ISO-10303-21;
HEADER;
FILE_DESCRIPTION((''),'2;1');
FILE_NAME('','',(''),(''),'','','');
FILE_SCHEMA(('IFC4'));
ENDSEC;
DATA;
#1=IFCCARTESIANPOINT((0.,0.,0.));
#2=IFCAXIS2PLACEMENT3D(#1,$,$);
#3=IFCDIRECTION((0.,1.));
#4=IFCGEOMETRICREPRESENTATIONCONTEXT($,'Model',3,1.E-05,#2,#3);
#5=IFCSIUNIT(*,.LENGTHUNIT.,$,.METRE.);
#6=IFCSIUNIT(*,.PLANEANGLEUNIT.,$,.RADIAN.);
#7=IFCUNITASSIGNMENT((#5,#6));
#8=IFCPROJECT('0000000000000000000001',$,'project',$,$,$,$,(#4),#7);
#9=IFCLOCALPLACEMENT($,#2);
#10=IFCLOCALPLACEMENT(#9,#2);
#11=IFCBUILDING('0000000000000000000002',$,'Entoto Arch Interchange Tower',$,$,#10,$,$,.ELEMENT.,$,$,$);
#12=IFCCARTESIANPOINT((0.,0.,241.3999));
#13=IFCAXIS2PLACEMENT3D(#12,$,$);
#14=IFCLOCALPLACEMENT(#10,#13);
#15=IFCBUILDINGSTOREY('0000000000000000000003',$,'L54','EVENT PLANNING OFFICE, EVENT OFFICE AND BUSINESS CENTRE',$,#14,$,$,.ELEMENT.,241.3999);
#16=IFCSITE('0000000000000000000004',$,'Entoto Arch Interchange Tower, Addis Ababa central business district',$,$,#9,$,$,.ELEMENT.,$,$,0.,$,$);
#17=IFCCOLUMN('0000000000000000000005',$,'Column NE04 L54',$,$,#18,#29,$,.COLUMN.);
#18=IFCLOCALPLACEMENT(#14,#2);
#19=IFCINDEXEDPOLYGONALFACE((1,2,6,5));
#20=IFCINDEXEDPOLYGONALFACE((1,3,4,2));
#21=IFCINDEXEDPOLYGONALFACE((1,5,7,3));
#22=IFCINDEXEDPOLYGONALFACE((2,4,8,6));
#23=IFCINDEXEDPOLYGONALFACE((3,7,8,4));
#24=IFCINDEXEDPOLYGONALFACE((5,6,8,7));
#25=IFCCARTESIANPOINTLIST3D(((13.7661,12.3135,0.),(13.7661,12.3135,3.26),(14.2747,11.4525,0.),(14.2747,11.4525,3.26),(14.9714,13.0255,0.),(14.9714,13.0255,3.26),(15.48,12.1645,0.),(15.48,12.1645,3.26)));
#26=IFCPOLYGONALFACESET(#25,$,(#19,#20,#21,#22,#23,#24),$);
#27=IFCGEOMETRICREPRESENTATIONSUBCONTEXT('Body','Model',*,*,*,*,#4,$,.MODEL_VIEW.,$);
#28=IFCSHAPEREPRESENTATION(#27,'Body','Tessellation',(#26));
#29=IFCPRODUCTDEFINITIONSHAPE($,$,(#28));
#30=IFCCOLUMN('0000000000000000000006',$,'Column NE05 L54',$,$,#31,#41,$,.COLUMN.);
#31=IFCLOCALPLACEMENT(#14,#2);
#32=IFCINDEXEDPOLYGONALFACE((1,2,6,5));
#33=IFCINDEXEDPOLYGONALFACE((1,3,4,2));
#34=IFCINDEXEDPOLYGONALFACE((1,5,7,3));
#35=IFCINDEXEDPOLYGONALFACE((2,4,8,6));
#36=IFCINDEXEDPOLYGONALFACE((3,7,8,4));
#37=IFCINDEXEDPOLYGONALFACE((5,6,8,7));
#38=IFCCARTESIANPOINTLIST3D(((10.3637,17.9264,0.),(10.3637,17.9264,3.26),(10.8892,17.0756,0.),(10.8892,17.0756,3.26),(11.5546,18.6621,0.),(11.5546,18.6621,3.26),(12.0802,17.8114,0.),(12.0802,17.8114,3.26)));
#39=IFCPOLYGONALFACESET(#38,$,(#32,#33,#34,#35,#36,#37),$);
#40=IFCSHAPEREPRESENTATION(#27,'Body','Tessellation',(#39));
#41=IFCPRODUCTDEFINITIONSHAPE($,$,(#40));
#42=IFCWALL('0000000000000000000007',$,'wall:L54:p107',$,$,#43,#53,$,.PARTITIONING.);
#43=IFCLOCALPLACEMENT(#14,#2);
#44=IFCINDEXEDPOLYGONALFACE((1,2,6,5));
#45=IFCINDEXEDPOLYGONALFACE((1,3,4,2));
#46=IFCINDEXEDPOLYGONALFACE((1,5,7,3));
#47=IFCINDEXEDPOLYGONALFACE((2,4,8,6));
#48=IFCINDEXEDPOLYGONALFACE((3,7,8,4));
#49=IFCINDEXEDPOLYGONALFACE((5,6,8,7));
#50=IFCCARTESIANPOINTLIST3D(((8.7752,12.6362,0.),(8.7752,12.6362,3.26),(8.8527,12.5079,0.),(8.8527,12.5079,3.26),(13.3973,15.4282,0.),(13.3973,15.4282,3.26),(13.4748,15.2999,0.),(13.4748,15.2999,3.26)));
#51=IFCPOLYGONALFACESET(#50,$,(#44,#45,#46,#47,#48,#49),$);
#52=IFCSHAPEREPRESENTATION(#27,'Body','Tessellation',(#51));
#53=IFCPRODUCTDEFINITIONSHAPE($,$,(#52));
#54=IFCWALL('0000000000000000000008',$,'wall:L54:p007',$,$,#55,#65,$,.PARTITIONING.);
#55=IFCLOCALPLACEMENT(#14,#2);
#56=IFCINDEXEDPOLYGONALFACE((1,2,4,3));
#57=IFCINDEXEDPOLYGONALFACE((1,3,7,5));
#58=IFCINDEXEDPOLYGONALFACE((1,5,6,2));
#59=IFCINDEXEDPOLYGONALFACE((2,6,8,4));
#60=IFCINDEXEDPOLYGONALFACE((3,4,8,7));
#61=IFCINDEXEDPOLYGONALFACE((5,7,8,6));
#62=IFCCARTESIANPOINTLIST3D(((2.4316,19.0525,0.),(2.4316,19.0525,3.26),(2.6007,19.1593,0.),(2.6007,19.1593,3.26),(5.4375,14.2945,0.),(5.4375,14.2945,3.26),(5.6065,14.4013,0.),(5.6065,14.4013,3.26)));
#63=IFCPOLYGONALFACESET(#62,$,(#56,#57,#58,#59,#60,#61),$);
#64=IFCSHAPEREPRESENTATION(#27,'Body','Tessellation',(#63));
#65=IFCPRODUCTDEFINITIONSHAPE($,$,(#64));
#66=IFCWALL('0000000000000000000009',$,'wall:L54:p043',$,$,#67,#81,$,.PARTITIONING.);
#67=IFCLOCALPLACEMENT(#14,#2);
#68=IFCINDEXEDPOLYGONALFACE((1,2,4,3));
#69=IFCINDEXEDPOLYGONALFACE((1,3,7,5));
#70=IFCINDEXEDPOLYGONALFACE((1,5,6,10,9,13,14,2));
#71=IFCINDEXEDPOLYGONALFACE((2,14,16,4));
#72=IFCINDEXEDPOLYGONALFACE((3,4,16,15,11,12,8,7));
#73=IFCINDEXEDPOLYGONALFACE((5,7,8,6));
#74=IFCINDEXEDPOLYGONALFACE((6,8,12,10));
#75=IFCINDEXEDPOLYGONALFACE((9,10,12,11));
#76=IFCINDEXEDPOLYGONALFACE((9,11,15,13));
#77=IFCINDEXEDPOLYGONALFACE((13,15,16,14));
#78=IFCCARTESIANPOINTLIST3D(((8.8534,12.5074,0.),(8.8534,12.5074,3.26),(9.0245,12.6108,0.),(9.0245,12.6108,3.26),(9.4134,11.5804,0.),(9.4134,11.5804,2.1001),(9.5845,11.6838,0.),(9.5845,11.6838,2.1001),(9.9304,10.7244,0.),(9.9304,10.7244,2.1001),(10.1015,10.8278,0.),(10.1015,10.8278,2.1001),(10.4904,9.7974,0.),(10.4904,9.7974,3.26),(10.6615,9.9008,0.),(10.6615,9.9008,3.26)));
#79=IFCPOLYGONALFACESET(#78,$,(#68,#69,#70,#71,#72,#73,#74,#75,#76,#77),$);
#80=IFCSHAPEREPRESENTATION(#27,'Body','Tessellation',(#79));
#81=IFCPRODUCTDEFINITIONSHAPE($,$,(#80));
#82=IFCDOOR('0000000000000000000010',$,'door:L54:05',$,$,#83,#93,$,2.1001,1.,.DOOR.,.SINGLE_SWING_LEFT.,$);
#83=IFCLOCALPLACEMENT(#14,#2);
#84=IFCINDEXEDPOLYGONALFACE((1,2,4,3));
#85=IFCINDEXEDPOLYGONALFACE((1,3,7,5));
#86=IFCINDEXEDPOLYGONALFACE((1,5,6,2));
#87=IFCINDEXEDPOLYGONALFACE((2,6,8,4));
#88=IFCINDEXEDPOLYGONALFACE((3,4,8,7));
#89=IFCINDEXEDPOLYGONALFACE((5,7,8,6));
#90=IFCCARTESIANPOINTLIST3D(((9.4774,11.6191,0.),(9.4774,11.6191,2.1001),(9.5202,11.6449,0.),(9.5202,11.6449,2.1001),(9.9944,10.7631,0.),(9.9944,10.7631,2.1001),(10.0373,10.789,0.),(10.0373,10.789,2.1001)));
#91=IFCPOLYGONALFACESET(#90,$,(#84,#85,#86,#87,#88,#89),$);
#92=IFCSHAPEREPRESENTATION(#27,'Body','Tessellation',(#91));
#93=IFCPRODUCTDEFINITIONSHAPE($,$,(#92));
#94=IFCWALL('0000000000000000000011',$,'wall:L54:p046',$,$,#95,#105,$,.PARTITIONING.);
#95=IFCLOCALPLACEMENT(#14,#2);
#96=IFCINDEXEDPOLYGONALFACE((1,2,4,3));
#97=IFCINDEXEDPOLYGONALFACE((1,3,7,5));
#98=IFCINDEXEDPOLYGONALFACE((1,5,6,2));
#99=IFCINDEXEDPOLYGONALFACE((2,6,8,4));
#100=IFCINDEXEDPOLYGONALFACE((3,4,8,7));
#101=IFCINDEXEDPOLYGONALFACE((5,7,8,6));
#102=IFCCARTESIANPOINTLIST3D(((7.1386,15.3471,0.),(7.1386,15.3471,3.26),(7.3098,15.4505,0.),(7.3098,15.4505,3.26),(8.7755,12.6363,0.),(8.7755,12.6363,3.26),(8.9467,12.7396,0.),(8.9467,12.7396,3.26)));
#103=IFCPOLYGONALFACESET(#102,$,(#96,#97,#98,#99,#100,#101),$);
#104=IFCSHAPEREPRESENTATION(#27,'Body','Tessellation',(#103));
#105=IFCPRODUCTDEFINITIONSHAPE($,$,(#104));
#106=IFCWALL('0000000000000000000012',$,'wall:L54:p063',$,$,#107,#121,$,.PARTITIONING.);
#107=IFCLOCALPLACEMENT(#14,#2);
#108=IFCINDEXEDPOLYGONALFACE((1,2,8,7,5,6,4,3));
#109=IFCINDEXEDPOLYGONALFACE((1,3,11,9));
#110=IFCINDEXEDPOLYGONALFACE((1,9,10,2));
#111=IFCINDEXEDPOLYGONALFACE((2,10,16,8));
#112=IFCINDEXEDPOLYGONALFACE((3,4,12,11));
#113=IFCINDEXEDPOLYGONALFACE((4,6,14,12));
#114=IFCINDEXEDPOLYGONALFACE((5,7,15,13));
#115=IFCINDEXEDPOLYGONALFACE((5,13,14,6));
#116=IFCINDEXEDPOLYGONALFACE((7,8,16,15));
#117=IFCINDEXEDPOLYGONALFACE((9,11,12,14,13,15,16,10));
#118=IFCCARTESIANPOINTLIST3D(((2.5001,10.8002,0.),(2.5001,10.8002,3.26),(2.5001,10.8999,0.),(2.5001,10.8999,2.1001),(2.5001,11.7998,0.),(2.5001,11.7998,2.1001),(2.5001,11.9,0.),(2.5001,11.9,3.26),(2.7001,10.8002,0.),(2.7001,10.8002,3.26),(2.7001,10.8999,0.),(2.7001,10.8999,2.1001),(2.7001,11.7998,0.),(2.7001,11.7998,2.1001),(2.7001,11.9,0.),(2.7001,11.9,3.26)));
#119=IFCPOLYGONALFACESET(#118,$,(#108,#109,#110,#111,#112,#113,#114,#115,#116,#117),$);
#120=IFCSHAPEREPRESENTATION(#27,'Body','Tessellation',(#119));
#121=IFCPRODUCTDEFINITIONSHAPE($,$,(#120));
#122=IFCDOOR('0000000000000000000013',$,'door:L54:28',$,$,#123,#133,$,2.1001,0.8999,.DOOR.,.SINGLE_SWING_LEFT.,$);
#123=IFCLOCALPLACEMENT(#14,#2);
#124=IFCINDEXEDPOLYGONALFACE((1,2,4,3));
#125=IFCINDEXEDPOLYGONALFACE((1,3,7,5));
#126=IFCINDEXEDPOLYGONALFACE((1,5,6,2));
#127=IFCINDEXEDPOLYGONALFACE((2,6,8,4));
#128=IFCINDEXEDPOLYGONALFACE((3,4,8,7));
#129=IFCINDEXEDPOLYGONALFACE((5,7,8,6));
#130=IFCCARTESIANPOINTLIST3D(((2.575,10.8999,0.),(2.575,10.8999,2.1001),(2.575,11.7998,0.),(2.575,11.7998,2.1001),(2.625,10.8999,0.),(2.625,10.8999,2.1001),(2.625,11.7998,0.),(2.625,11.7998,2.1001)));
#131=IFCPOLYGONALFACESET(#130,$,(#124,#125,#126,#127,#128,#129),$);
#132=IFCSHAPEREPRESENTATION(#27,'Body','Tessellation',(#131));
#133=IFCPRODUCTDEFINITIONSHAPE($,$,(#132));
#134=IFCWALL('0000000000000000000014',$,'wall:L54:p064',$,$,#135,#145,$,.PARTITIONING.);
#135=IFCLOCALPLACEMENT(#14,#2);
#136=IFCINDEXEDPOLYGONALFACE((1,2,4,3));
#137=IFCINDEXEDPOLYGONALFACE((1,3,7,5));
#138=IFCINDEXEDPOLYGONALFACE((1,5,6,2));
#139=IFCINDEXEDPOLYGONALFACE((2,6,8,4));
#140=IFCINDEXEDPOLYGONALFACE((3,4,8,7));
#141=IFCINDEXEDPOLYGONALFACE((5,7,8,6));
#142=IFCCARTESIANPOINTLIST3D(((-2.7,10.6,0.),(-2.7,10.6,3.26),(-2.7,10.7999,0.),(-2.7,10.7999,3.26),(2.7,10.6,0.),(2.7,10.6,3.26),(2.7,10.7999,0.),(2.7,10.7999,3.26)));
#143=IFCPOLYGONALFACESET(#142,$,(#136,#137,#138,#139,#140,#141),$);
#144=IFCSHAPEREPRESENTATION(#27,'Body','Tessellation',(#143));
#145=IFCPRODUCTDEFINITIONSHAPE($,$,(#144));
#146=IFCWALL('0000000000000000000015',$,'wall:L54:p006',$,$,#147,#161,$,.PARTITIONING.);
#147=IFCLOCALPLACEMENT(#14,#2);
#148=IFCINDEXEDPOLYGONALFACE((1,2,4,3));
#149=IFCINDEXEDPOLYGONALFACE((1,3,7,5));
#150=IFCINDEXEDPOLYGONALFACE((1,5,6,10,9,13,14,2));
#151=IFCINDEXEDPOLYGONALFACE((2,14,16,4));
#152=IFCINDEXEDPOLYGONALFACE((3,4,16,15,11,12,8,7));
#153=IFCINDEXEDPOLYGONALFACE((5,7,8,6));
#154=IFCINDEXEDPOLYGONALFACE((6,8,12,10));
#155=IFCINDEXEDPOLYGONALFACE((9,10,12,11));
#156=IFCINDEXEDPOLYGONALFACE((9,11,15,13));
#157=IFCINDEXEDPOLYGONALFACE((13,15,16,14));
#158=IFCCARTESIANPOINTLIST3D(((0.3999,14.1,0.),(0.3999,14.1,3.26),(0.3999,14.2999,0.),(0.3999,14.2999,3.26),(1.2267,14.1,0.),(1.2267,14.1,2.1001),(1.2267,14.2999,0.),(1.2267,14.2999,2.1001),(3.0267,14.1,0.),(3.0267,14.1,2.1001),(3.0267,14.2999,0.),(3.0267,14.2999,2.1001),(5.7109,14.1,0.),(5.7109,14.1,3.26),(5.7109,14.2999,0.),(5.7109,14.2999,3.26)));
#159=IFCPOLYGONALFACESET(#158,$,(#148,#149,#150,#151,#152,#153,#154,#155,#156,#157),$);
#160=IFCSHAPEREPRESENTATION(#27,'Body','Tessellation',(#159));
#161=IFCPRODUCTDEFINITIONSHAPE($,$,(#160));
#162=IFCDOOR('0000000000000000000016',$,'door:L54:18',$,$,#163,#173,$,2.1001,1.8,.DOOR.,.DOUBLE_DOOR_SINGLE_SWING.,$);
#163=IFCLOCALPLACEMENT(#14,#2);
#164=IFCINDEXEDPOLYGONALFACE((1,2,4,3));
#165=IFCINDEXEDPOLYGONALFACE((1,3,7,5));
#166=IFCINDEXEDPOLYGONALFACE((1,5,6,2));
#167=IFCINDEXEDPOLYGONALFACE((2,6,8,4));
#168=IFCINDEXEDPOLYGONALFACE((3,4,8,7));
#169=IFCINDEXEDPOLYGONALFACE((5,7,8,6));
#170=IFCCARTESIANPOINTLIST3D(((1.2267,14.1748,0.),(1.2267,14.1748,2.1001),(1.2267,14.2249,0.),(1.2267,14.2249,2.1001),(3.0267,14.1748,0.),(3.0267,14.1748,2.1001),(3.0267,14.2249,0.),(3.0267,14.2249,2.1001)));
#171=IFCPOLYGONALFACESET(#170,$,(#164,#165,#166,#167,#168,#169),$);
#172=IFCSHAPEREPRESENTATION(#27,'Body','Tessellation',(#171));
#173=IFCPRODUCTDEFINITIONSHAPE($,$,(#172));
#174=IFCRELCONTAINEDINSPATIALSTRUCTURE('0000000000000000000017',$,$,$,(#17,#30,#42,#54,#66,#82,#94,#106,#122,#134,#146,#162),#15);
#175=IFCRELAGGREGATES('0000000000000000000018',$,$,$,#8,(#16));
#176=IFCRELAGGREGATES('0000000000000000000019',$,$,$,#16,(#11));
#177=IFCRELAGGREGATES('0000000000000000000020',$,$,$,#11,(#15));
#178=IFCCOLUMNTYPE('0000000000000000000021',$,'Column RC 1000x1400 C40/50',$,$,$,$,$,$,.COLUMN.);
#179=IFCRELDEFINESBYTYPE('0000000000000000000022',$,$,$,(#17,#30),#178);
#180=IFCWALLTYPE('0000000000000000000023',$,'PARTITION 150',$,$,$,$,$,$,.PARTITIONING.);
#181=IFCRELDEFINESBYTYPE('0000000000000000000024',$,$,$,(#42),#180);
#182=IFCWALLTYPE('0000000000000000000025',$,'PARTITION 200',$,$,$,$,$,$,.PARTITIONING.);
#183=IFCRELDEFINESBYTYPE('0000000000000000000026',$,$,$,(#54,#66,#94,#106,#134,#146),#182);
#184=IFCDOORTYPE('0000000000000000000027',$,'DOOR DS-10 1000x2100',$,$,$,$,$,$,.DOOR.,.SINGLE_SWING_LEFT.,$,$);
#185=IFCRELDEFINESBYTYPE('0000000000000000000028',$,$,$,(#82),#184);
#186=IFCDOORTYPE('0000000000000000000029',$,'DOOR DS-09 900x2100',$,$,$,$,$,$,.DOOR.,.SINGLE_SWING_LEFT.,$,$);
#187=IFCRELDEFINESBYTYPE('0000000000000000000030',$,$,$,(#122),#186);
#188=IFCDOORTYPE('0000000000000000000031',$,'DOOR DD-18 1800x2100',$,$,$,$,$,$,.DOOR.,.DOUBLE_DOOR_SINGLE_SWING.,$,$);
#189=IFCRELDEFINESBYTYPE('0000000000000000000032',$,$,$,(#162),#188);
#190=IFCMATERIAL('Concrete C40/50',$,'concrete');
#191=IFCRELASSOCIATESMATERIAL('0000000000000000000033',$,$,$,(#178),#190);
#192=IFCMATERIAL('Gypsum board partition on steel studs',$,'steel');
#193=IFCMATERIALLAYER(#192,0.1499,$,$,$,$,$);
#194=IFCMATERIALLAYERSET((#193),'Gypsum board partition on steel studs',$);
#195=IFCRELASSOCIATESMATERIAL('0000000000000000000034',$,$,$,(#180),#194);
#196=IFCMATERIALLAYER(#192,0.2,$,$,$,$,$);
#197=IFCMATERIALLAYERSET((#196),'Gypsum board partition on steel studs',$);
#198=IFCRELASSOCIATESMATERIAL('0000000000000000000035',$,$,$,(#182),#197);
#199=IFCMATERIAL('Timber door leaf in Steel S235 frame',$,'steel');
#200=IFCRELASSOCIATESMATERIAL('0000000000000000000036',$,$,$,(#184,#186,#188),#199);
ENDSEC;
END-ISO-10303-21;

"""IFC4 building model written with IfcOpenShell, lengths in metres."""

from ifc_helpers import new_model, si_unit, direction, frame, frame_2d, origin, origin_2d, place, context, subcontext, project, spatial, rectangle, extrude, material, layer, layer_set, material_profile, profile_set, type_object, element, fill, save


model = new_model("IFC4")

# Units and contexts
model_context = context("Model", 3, precision=1e-05, world=origin(), true_north=direction((0.0, 1.0)))
body_context = subcontext(model_context, "Body", "Model", "MODEL_VIEW")
ifc_project = project(units=[si_unit("LENGTHUNIT", "METRE"), si_unit("PLANEANGLEUNIT", "RADIAN")], contexts=[model_context])

# Site, building, storey
site_placement = place(None, origin())
site = spatial("IfcSite", under=ifc_project, at=site_placement, Name="Entoto Arch Interchange Tower, Addis Ababa central business district", CompositionType="ELEMENT", RefElevation=0.0)
building_placement = place(site_placement, origin())
building = spatial("IfcBuilding", under=site, at=building_placement, Name="Entoto Arch Interchange Tower", CompositionType="ELEMENT")
storey_placement = place(building_placement, frame((0.0, 0.0, 241.3999)))
storey = spatial("IfcBuildingStorey", under=building, at=storey_placement, Name="L54", Description="EVENT PLANNING OFFICE, EVENT OFFICE AND BUSINESS CENTRE", CompositionType="ELEMENT", Elevation=241.3999)

# Columns
ifc_material_1 = material(Name="Concrete C40/50", Category="concrete")
ifc_material_profile = material_profile(ifc_material_1, rectangle(XDim=1.0, YDim=1.3999, at=origin_2d()))
ifc_profile_set = profile_set([ifc_material_profile], Name="Concrete C40/50")
column_type = type_object("IfcColumnType", Name="Column RC 1000x1400 C40/50", PredefinedType="COLUMN", material=ifc_profile_set)
for number, where, z_axis, x_axis, name in (
    (1, (14.623, 12.239, 0.0), (0.0, 0.0, 1.0), (-0.508576, 0.861017, 0.0), "Column NE04 L54"),
    (2, (11.2219, 17.8689, 0.0), (0.0, 0.0, 1.0), (-0.525576, 0.850747, 0.0), "Column NE05 L54"),
):
    element("IfcColumn", number, at=place(storey_placement, frame(where, z_axis=z_axis, x_axis=x_axis)), inside=storey, type_object=column_type, Name=name, PredefinedType="COLUMN", context=body_context, shape_type="SweptSolid", body=[
        extrude(rectangle(XDim=1.0, YDim=1.3999, at=origin_2d()), origin(), (0.0, 0.0, 1.0), 3.26),
    ])

# Walls
ifc_material_2 = material(Name="Gypsum board partition on steel studs", Category="steel")
ifc_layer_1 = layer(ifc_material_2, 0.1499)
ifc_layer_set_1 = layer_set([ifc_layer_1], Name="Gypsum board partition on steel studs")
wall_type_1 = type_object("IfcWallType", Name="PARTITION 150", PredefinedType="PARTITIONING", material=ifc_layer_set_1)
wall_1_placement = place(storey_placement, frame((8.814, 12.572, 0.0), z_axis=(0.0, 0.0, 1.0), x_axis=(0.855957, 0.517047, 0.0)))
element("IfcWall", 3, at=wall_1_placement, inside=storey, type_object=wall_type_1, Name="wall:L54:p107", PredefinedType="PARTITIONING", context=body_context, shape_type="SweptSolid", body=[
    extrude(rectangle(XDim=5.3999, YDim=0.1499, at=frame_2d((2.7, 0.0))), origin(), (0.0, 0.0, 1.0), 3.26),
])
ifc_layer_2 = layer(ifc_material_2, 0.2)
ifc_layer_set_2 = layer_set([ifc_layer_2], Name="Gypsum board partition on steel studs")
wall_type_2 = type_object("IfcWallType", Name="PARTITION 200", PredefinedType="PARTITIONING", material=ifc_layer_set_2)
wall_2_placement = place(storey_placement, frame((5.522, 14.3479, 0.0), z_axis=(0.0, 0.0, 1.0), x_axis=(-0.534091, 0.845427, 0.0)))
element("IfcWall", 4, at=wall_2_placement, inside=storey, type_object=wall_type_2, Name="wall:L54:p007", PredefinedType="PARTITIONING", context=body_context, shape_type="SweptSolid", body=[
    extrude(rectangle(XDim=5.6279, YDim=0.2, at=frame_2d((2.814, 0.0))), origin(), (0.0, 0.0, 1.0), 3.26),
])

# Wall, opening, door
wall_3_placement = place(storey_placement, frame((8.939, 12.5591, 0.0), z_axis=(0.0, 0.0, 1.0), x_axis=(0.517045, -0.855958, 0.0)))
wall_3 = element("IfcWall", 5, at=wall_3_placement, inside=storey, type_object=wall_type_2, Name="wall:L54:p043", PredefinedType="PARTITIONING", context=body_context, shape_type="SweptSolid", body=[
    extrude(rectangle(XDim=3.166, YDim=0.2, at=frame_2d((1.583, 0.0))), origin(), (0.0, 0.0, 1.0), 3.26),
])
opening_1_placement = place(wall_3_placement, frame((1.083, 0.0, 0.0)))
opening_1 = element("IfcOpeningElement", 6, at=opening_1_placement, cuts=wall_3, PredefinedType="OPENING", context=body_context, shape_type="SweptSolid", body=[
    extrude(rectangle(XDim=1.0, YDim=2.1001, at=frame_2d((0.5, 1.05))), frame((0.0, 0.1099, 0.0), z_axis=(0.0, -1.0, 0.0), x_axis=(1.0, 0.0, 0.0)), (0.0, 0.0, 1.0), 0.22),
])
ifc_material_3 = material(Name="Timber door leaf in Steel S235 frame", Category="steel")
door_type_1 = type_object("IfcDoorType", Name="DOOR DS-10 1000x2100", OperationType="SINGLE_SWING_LEFT", PredefinedType="DOOR", material=ifc_material_3)
door_1_placement = place(opening_1_placement, origin())
door_1 = element("IfcDoor", 7, at=door_1_placement, inside=storey, type_object=door_type_1, Name="door:L54:05", OperationType="SINGLE_SWING_LEFT", OverallHeight=2.1001, OverallWidth=1.0, PredefinedType="DOOR", context=body_context, shape_type="SweptSolid", body=[
    extrude(rectangle(XDim=1.0, YDim=2.1001, at=frame_2d((0.5, 1.05))), frame((0.0, 0.0249, 0.0), z_axis=(0.0, -1.0, 0.0), x_axis=(1.0, 0.0, 0.0)), (0.0, 0.0, 1.0), 0.05),
])
fill(opening_1, door_1)

# Wall
wall_4_placement = place(storey_placement, frame((7.2241, 15.3989, 0.0), z_axis=(0.0, 0.0, 1.0), x_axis=(0.516909, -0.856041, 0.0)))
element("IfcWall", 8, at=wall_4_placement, inside=storey, type_object=wall_type_2, Name="wall:L54:p046", PredefinedType="PARTITIONING", context=body_context, shape_type="SweptSolid", body=[
    extrude(rectangle(XDim=3.1667, YDim=0.2, at=frame_2d((1.5835, 0.0))), origin(), (0.0, 0.0, 1.0), 3.26),
])

# Wall, opening, door
wall_5_placement = place(storey_placement, frame((2.6001, 11.8999, 0.0), z_axis=(0.0, 0.0, 1.0), x_axis=(0.0, -1.0, 0.0)))
wall_5 = element("IfcWall", 9, at=wall_5_placement, inside=storey, type_object=wall_type_2, Name="wall:L54:p063", PredefinedType="PARTITIONING", context=body_context, shape_type="SweptSolid", body=[
    extrude(rectangle(XDim=1.0999, YDim=0.2, at=frame_2d((0.5498, 0.0))), origin(), (0.0, 0.0, 1.0), 3.26),
])
opening_2_placement = place(wall_5_placement, frame((0.1001, 0.0, 0.0)))
opening_2 = element("IfcOpeningElement", 10, at=opening_2_placement, cuts=wall_5, PredefinedType="OPENING", context=body_context, shape_type="SweptSolid", body=[
    extrude(rectangle(XDim=0.8999, YDim=2.1001, at=frame_2d((0.45, 1.05))), frame((0.0, 0.1099, 0.0), z_axis=(0.0, -1.0, 0.0), x_axis=(1.0, 0.0, 0.0)), (0.0, 0.0, 1.0), 0.22),
])
door_type_2 = type_object("IfcDoorType", Name="DOOR DS-09 900x2100", OperationType="SINGLE_SWING_LEFT", PredefinedType="DOOR", material=ifc_material_3)
door_2_placement = place(opening_2_placement, origin())
door_2 = element("IfcDoor", 11, at=door_2_placement, inside=storey, type_object=door_type_2, Name="door:L54:28", OperationType="SINGLE_SWING_LEFT", OverallHeight=2.1001, OverallWidth=0.8999, PredefinedType="DOOR", context=body_context, shape_type="SweptSolid", body=[
    extrude(rectangle(XDim=0.8999, YDim=2.1001, at=frame_2d((0.45, 1.05))), frame((0.0, 0.0249, 0.0), z_axis=(0.0, -1.0, 0.0), x_axis=(1.0, 0.0, 0.0)), (0.0, 0.0, 1.0), 0.05),
])
fill(opening_2, door_2)

# Wall
wall_6_placement = place(storey_placement, frame((2.7, 10.7, 0.0), z_axis=(0.0, 0.0, 1.0), x_axis=(-1.0, 0.0, 0.0)))
element("IfcWall", 12, at=wall_6_placement, inside=storey, type_object=wall_type_2, Name="wall:L54:p064", PredefinedType="PARTITIONING", context=body_context, shape_type="SweptSolid", body=[
    extrude(rectangle(XDim=5.3999, YDim=0.2, at=frame_2d((2.7, 0.0))), origin(), (0.0, 0.0, 1.0), 3.26),
])

# Wall, opening, door
wall_7_placement = place(storey_placement, frame((0.3999, 14.2, 0.0), z_axis=(0.0, 0.0, 1.0), x_axis=(1.0, 0.0, 0.0)))
wall_7 = element("IfcWall", 13, at=wall_7_placement, inside=storey, type_object=wall_type_2, Name="wall:L54:p006", PredefinedType="PARTITIONING", context=body_context, shape_type="SweptSolid", body=[
    extrude(rectangle(XDim=5.311, YDim=0.2, at=frame_2d((2.6555, 0.0))), origin(), (0.0, 0.0, 1.0), 3.26),
])
opening_3_placement = place(wall_7_placement, frame((0.8269, 0.0, 0.0)))
opening_3 = element("IfcOpeningElement", 14, at=opening_3_placement, cuts=wall_7, PredefinedType="OPENING", context=body_context, shape_type="SweptSolid", body=[
    extrude(rectangle(XDim=1.8, YDim=2.1001, at=frame_2d((0.8999, 1.05))), frame((0.0, 0.1099, 0.0), z_axis=(0.0, -1.0, 0.0), x_axis=(1.0, 0.0, 0.0)), (0.0, 0.0, 1.0), 0.22),
])
door_type_3 = type_object("IfcDoorType", Name="DOOR DD-18 1800x2100", OperationType="DOUBLE_DOOR_SINGLE_SWING", PredefinedType="DOOR", material=ifc_material_3)
door_3_placement = place(opening_3_placement, origin())
door_3 = element("IfcDoor", 15, at=door_3_placement, inside=storey, type_object=door_type_3, Name="door:L54:18", OperationType="DOUBLE_DOOR_SINGLE_SWING", OverallHeight=2.1001, OverallWidth=1.8, PredefinedType="DOOR", context=body_context, shape_type="SweptSolid", body=[
    extrude(rectangle(XDim=1.8, YDim=2.1001, at=frame_2d((0.8999, 1.05))), frame((0.0, 0.0249, 0.0), z_axis=(0.0, -1.0, 0.0), x_axis=(1.0, 0.0, 0.0)), (0.0, 0.0, 1.0), 0.05),
])
fill(opening_3, door_3)

save(model, "model.ifc")
